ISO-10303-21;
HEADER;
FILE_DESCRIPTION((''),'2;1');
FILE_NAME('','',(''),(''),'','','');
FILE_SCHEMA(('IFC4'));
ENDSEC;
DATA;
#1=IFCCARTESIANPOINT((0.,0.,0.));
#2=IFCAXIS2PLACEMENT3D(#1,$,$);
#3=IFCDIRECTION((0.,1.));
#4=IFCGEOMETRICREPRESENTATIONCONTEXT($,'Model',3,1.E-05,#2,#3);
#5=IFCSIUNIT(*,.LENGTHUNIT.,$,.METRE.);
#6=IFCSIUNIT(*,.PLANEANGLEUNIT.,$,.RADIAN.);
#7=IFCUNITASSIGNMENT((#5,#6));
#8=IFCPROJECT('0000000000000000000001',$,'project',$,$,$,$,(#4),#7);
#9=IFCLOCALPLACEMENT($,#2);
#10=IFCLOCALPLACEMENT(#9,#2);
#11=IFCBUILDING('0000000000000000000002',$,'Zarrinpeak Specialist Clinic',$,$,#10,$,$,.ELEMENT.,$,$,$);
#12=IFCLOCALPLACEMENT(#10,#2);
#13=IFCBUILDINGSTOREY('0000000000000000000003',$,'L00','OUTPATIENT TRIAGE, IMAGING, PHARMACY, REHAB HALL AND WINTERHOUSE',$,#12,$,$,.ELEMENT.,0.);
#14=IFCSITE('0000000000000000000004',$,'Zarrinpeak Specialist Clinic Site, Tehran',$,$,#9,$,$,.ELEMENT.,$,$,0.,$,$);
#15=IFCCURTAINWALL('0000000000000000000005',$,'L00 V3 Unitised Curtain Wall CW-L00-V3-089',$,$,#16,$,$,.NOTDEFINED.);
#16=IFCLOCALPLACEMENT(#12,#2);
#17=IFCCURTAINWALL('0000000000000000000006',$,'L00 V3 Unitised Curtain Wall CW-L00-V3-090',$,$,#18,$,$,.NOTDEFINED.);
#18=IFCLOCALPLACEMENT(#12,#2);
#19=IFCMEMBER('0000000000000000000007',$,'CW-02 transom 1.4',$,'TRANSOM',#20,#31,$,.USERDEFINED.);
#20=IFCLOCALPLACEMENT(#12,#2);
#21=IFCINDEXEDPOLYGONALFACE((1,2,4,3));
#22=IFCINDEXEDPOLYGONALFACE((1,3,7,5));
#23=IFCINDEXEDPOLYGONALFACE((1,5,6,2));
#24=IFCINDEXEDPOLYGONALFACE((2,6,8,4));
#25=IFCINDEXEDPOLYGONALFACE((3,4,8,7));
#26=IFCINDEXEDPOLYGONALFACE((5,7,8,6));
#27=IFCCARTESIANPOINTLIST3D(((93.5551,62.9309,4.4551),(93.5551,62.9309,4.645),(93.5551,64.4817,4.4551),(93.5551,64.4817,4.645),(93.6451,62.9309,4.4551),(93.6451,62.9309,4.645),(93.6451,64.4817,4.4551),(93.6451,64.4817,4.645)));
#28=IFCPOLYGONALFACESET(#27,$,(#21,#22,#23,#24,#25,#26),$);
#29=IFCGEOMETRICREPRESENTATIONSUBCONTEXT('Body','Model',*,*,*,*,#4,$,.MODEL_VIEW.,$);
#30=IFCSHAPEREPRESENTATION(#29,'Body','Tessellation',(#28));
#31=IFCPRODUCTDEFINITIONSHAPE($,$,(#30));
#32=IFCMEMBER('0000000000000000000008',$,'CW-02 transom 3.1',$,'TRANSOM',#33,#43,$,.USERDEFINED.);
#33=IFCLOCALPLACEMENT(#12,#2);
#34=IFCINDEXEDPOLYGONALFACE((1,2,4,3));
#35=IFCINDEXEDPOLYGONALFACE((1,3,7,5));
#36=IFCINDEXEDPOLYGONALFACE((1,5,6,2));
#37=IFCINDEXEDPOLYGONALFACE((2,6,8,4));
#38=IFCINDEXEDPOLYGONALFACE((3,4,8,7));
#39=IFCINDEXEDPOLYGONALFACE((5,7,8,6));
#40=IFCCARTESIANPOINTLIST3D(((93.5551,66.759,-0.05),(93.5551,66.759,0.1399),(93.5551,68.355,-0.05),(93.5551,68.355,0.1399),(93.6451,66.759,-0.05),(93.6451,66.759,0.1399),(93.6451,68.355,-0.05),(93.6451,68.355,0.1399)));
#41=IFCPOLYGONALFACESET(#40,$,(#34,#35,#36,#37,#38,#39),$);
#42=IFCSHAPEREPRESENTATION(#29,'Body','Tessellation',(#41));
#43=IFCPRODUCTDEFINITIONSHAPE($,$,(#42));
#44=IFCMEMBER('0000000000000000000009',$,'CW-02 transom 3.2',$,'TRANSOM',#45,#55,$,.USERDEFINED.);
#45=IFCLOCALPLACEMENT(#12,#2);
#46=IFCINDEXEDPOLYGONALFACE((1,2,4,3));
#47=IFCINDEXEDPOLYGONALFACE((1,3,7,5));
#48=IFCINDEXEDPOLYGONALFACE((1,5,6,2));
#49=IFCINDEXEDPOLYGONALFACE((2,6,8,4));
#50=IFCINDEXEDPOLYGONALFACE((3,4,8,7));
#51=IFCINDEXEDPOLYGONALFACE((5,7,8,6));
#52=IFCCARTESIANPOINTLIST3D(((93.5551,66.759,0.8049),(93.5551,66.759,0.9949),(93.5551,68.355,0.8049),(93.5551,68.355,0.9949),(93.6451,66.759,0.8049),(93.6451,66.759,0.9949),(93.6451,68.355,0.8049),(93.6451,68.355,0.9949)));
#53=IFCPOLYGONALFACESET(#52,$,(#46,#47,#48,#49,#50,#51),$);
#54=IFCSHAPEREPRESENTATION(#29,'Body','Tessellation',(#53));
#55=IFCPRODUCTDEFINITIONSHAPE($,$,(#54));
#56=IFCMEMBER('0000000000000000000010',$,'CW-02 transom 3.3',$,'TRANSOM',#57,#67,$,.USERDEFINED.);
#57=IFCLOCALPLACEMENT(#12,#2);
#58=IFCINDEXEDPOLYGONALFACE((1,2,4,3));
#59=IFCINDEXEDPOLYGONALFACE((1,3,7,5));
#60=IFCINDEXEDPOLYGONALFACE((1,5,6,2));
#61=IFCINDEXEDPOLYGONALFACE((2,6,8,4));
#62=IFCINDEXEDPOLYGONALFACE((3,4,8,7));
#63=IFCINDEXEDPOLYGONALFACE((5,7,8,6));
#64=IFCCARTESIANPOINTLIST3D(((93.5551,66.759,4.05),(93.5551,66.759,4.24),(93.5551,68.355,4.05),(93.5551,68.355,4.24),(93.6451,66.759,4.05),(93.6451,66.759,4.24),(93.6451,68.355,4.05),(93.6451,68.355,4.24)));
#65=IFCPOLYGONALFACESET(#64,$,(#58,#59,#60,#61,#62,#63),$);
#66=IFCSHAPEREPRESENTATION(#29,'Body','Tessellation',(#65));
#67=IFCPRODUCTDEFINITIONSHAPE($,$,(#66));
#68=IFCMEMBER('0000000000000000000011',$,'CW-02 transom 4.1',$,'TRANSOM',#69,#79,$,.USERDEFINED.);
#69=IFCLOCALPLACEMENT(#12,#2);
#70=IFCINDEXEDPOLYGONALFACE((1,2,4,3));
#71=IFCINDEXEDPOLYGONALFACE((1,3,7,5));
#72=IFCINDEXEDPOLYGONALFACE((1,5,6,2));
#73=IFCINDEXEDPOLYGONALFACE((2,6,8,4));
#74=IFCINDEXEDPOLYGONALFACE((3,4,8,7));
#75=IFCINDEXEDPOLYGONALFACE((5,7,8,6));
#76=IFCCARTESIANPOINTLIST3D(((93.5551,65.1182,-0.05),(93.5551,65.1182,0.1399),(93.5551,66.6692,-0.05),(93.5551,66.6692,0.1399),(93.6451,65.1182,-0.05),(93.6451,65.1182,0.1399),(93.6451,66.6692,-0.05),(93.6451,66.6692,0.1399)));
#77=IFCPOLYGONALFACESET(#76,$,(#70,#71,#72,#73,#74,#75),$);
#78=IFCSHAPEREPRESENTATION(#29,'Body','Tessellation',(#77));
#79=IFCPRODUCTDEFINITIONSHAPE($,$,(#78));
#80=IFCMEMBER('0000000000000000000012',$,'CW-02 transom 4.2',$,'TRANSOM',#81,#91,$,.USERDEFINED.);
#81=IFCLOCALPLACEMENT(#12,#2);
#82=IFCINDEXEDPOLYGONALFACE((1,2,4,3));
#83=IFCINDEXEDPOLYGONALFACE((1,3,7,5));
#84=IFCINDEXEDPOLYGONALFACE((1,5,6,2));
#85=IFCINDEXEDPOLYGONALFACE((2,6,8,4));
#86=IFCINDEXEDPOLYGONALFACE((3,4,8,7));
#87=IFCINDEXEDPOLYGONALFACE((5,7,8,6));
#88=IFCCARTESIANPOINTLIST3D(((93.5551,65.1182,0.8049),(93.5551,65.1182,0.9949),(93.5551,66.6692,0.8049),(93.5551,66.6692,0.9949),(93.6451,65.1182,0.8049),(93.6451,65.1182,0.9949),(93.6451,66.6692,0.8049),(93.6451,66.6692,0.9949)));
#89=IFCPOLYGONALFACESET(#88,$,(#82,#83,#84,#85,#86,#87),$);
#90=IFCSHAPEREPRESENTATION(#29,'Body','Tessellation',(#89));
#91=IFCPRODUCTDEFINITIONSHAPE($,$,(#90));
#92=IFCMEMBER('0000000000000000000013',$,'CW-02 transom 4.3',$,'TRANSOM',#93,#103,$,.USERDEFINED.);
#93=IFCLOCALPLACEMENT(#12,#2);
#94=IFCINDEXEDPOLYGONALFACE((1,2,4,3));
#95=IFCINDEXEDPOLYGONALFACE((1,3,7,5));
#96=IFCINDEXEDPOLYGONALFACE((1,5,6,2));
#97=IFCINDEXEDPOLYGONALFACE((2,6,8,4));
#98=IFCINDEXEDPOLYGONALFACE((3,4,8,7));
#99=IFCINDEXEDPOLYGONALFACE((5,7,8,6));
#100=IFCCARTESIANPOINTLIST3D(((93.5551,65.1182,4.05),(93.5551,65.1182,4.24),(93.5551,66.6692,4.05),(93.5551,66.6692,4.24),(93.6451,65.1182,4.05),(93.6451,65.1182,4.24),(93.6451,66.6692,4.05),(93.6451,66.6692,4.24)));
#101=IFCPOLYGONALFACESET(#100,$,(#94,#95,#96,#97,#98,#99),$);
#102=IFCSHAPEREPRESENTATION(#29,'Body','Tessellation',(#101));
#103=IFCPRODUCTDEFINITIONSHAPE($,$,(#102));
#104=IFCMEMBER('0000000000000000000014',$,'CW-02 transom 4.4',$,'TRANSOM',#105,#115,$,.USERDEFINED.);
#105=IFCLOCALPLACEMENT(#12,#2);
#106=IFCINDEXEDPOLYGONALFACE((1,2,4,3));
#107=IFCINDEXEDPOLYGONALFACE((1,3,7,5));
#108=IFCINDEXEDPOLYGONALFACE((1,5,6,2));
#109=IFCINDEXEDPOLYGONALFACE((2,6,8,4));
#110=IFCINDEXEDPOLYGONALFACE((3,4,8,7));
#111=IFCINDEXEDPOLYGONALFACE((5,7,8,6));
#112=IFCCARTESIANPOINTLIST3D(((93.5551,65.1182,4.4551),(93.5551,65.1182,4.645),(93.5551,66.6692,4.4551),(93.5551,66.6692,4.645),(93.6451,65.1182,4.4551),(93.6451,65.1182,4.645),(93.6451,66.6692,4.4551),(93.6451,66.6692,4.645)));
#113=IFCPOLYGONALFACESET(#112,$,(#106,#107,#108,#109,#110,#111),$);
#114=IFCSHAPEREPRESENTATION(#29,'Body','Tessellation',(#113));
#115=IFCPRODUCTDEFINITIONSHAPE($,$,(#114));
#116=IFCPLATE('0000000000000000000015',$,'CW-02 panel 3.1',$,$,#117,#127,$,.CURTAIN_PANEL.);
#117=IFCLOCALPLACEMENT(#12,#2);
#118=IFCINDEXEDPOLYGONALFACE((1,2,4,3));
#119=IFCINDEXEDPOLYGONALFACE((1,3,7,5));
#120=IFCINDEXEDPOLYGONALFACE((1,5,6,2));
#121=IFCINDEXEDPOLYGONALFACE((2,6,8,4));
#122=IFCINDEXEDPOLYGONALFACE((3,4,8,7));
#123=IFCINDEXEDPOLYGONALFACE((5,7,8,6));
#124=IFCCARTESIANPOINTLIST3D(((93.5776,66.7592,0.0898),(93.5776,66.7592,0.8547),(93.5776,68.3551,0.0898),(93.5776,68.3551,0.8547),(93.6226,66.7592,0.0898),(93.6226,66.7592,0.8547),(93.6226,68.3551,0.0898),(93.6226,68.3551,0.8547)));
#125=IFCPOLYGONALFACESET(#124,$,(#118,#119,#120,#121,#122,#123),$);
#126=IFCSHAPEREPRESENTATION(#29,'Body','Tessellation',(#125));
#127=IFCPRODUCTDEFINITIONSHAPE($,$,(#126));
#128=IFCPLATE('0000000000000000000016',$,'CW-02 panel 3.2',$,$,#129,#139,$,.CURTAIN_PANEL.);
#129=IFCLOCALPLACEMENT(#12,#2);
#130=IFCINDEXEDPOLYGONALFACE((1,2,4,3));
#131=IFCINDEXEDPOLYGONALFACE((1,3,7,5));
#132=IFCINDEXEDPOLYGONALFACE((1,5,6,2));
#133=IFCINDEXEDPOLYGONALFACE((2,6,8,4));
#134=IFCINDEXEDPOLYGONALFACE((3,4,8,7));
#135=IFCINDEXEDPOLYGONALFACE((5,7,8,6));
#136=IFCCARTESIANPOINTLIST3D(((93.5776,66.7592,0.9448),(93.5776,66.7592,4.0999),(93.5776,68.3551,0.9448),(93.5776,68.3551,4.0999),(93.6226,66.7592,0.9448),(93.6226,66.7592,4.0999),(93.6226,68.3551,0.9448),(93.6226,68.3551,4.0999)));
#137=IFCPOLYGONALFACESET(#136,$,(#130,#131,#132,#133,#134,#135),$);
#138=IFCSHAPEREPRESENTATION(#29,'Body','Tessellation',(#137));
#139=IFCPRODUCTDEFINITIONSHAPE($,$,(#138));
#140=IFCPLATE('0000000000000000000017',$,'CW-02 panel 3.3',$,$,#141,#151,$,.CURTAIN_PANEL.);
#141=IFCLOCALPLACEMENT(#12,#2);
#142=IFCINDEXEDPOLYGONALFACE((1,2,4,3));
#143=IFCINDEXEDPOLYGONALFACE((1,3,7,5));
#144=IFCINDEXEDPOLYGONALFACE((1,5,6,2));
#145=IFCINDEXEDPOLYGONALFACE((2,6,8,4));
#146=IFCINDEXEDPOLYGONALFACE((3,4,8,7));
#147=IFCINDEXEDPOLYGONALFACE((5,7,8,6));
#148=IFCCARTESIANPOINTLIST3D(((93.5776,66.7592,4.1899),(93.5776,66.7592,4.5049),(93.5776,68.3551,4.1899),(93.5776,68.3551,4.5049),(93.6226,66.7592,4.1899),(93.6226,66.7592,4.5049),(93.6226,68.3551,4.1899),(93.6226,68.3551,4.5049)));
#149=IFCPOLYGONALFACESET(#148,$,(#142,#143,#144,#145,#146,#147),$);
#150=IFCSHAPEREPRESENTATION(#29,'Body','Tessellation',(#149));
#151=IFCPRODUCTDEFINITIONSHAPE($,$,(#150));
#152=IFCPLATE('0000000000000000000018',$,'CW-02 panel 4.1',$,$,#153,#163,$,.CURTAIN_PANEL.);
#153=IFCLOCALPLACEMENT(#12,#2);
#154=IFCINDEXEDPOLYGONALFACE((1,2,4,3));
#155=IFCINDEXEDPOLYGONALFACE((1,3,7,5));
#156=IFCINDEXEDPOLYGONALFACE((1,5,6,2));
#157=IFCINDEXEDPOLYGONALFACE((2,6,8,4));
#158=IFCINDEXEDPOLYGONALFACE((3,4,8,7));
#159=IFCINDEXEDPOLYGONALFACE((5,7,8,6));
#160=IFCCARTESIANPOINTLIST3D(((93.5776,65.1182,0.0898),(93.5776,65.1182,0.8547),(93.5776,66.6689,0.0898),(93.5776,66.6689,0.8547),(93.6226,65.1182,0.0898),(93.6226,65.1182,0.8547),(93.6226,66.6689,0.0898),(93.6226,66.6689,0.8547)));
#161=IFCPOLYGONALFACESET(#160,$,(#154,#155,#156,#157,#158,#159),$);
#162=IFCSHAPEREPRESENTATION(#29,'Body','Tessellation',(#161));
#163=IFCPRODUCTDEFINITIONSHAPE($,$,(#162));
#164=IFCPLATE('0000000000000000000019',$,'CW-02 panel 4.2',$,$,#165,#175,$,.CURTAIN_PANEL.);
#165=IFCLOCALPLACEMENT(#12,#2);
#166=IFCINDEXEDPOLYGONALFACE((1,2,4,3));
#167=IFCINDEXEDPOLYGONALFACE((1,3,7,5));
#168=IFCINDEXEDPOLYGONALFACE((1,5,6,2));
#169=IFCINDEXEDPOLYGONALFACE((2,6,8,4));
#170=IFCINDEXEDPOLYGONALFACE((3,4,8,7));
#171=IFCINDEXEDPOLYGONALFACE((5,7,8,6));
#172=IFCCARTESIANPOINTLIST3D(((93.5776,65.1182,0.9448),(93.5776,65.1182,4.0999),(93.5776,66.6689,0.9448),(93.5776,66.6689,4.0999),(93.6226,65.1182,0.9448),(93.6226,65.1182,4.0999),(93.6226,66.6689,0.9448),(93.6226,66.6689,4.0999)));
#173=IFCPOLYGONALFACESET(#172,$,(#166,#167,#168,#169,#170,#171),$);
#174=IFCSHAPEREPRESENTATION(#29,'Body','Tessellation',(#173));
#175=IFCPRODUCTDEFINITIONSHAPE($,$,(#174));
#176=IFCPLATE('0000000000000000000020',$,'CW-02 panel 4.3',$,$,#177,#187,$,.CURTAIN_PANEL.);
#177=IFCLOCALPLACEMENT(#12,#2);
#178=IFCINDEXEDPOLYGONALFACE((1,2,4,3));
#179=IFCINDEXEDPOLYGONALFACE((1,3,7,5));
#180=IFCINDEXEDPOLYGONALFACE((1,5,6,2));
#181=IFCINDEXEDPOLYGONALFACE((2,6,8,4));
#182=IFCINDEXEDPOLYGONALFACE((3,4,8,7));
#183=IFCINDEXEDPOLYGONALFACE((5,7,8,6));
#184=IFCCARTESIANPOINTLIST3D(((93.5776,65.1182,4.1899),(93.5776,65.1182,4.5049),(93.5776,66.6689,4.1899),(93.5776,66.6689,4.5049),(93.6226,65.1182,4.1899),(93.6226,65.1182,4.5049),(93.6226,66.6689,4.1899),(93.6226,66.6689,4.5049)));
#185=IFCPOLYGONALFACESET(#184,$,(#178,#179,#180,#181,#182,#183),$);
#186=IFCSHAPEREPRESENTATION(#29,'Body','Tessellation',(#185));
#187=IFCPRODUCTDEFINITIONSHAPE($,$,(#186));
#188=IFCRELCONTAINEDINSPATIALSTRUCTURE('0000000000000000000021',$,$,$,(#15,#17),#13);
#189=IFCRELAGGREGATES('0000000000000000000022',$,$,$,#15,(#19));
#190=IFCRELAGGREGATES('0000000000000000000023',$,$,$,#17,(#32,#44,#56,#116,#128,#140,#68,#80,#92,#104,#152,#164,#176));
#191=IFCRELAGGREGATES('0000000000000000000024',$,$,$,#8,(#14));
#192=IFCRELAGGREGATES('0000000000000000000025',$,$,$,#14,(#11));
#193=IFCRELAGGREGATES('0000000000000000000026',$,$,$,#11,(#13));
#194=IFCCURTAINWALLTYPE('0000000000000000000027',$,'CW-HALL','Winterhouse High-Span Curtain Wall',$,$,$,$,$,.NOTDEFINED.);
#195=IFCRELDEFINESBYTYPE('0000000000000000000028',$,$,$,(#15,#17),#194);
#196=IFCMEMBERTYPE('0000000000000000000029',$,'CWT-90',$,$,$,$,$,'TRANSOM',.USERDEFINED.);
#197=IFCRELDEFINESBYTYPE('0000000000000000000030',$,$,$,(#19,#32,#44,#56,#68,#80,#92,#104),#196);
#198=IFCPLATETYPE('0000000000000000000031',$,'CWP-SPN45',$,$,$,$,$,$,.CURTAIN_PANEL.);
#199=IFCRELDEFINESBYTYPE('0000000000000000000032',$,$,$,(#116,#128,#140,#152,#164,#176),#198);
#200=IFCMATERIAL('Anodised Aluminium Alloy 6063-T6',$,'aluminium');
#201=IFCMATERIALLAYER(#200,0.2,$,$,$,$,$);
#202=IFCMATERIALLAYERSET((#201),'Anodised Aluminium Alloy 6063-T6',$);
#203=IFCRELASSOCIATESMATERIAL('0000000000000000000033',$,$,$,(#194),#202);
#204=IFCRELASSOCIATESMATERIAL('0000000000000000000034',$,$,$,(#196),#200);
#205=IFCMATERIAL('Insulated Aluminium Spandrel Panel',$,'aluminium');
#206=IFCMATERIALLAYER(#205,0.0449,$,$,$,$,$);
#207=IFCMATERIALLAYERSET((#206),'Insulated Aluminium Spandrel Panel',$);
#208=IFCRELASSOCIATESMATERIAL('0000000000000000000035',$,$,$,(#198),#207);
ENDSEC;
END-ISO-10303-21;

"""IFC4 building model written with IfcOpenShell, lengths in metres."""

from ifc_helpers import new_model, si_unit, direction, frame, origin, origin_2d, place, context, subcontext, project, spatial, rectangle, extrude, material, layer, layer_set, material_profile, profile_set, type_object, element, aggregate, save


model = new_model("IFC4")

# Units and contexts
model_context = context("Model", 3, precision=1e-05, world=origin(), true_north=direction((0.0, 1.0)))
body_context = subcontext(model_context, "Body", "Model", "MODEL_VIEW")
ifc_project = project(units=[si_unit("LENGTHUNIT", "METRE"), si_unit("PLANEANGLEUNIT", "RADIAN")], contexts=[model_context])

# Site, building, storey
site_placement = place(None, origin())
site = spatial("IfcSite", under=ifc_project, at=site_placement, Name="Zarrinpeak Specialist Clinic Site, Tehran", CompositionType="ELEMENT", RefElevation=0.0)
building_placement = place(site_placement, origin())
building = spatial("IfcBuilding", under=site, at=building_placement, Name="Zarrinpeak Specialist Clinic", CompositionType="ELEMENT")
storey_placement = place(building_placement, origin())
storey = spatial("IfcBuildingStorey", under=building, at=storey_placement, Name="L00", Description="OUTPATIENT TRIAGE, IMAGING, PHARMACY, REHAB HALL AND WINTERHOUSE", CompositionType="ELEMENT", Elevation=0.0)

# Curtain wall
ifc_material_1 = material(Name="Anodised Aluminium Alloy 6063-T6", Category="aluminium")
ifc_layer_1 = layer(ifc_material_1, 0.2)
ifc_layer_set_1 = layer_set([ifc_layer_1], Name="Anodised Aluminium Alloy 6063-T6")
curtain_wall_type = type_object("IfcCurtainWallType", Name="CW-HALL", Description="Winterhouse High-Span Curtain Wall", PredefinedType="NOTDEFINED", material=ifc_layer_set_1)
curtain_wall_1_placement = place(storey_placement, origin())
curtain_wall_1 = element("IfcCurtainWall", 1, at=curtain_wall_1_placement, inside=storey, type_object=curtain_wall_type, Name="L00 V3 Unitised Curtain Wall CW-L00-V3-089", PredefinedType="NOTDEFINED")

# Curtain wall
curtain_wall_2_placement = place(storey_placement, origin())
curtain_wall_2 = element("IfcCurtainWall", 2, at=curtain_wall_2_placement, inside=storey, type_object=curtain_wall_type, Name="L00 V3 Unitised Curtain Wall CW-L00-V3-090", PredefinedType="NOTDEFINED")

# Members
ifc_material_profile_1 = material_profile(ifc_material_1, rectangle(XDim=0.0901, YDim=0.1899, at=origin_2d()), Name="ALU 90x190")
ifc_profile_set_1 = profile_set([ifc_material_profile_1], Name="Anodised Aluminium Alloy 6063-T6")
member_type_1 = type_object("IfcMemberType", Name="CWT-90", ElementType="TRANSOM", PredefinedType="USERDEFINED", material=ifc_profile_set_1)
member_1_placement = place(storey_placement, frame((93.6001, 64.4817, 4.55), z_axis=(0.0, -1.0, 0.0), x_axis=(1.0, 0.0, 0.0)))
member_1 = element("IfcMember", 3, at=member_1_placement, type_object=member_type_1, Name="CW-02 transom 1.4", ObjectType="TRANSOM", PredefinedType="USERDEFINED", context=body_context, shape_type="SweptSolid", body=[
    extrude(rectangle(XDim=0.0901, YDim=0.1899, at=origin_2d()), origin(), (0.0, 0.0, 1.0), 1.5508),
])
aggregate(curtain_wall_1, [member_1])
member_2_placement = place(storey_placement, frame((93.6001, 68.355, 0.0449), z_axis=(0.0, -1.0, 0.0), x_axis=(1.0, 0.0, 0.0)))
member_2 = element("IfcMember", 4, at=member_2_placement, type_object=member_type_1, Name="CW-02 transom 3.1", ObjectType="TRANSOM", PredefinedType="USERDEFINED", context=body_context, shape_type="SweptSolid", body=[
    extrude(rectangle(XDim=0.0901, YDim=0.1899, at=origin_2d()), origin(), (0.0, 0.0, 1.0), 1.5959),
])
member_3_placement = place(storey_placement, frame((93.6001, 68.355, 0.8999), z_axis=(0.0, -1.0, 0.0), x_axis=(1.0, 0.0, 0.0)))
member_3 = element("IfcMember", 5, at=member_3_placement, type_object=member_type_1, Name="CW-02 transom 3.2", ObjectType="TRANSOM", PredefinedType="USERDEFINED", context=body_context, shape_type="SweptSolid", body=[
    extrude(rectangle(XDim=0.0901, YDim=0.1899, at=origin_2d()), origin(), (0.0, 0.0, 1.0), 1.5959),
])
member_4_placement = place(storey_placement, frame((93.6001, 68.355, 4.145), z_axis=(0.0, -1.0, 0.0), x_axis=(1.0, 0.0, 0.0)))
member_4 = element("IfcMember", 6, at=member_4_placement, type_object=member_type_1, Name="CW-02 transom 3.3", ObjectType="TRANSOM", PredefinedType="USERDEFINED", context=body_context, shape_type="SweptSolid", body=[
    extrude(rectangle(XDim=0.0901, YDim=0.1899, at=origin_2d()), origin(), (0.0, 0.0, 1.0), 1.5959),
])
member_5_placement = place(storey_placement, frame((93.6001, 66.6692, 0.0449), z_axis=(0.0, -1.0, 0.0), x_axis=(1.0, 0.0, 0.0)))
member_5 = element("IfcMember", 7, at=member_5_placement, type_object=member_type_1, Name="CW-02 transom 4.1", ObjectType="TRANSOM", PredefinedType="USERDEFINED", context=body_context, shape_type="SweptSolid", body=[
    extrude(rectangle(XDim=0.0901, YDim=0.1899, at=origin_2d()), origin(), (0.0, 0.0, 1.0), 1.551),
])
member_6_placement = place(storey_placement, frame((93.6001, 66.6692, 0.8999), z_axis=(0.0, -1.0, 0.0), x_axis=(1.0, 0.0, 0.0)))
member_6 = element("IfcMember", 8, at=member_6_placement, type_object=member_type_1, Name="CW-02 transom 4.2", ObjectType="TRANSOM", PredefinedType="USERDEFINED", context=body_context, shape_type="SweptSolid", body=[
    extrude(rectangle(XDim=0.0901, YDim=0.1899, at=origin_2d()), origin(), (0.0, 0.0, 1.0), 1.551),
])
member_7_placement = place(storey_placement, frame((93.6001, 66.6692, 4.145), z_axis=(0.0, -1.0, 0.0), x_axis=(1.0, 0.0, 0.0)))
member_7 = element("IfcMember", 9, at=member_7_placement, type_object=member_type_1, Name="CW-02 transom 4.3", ObjectType="TRANSOM", PredefinedType="USERDEFINED", context=body_context, shape_type="SweptSolid", body=[
    extrude(rectangle(XDim=0.0901, YDim=0.1899, at=origin_2d()), origin(), (0.0, 0.0, 1.0), 1.551),
])
member_8_placement = place(storey_placement, frame((93.6001, 66.6692, 4.55), z_axis=(0.0, -1.0, 0.0), x_axis=(1.0, 0.0, 0.0)))
member_8 = element("IfcMember", 10, at=member_8_placement, type_object=member_type_1, Name="CW-02 transom 4.4", ObjectType="TRANSOM", PredefinedType="USERDEFINED", context=body_context, shape_type="SweptSolid", body=[
    extrude(rectangle(XDim=0.0901, YDim=0.1899, at=origin_2d()), origin(), (0.0, 0.0, 1.0), 1.551),
])

# Plates
ifc_material_2 = material(Name="Insulated Aluminium Spandrel Panel", Category="aluminium")
ifc_layer_2 = layer(ifc_material_2, 0.0449)
ifc_layer_set_2 = layer_set([ifc_layer_2], Name="Insulated Aluminium Spandrel Panel")
plate_type_1 = type_object("IfcPlateType", Name="CWP-SPN45", PredefinedType="CURTAIN_PANEL", material=ifc_layer_set_2)
plate_1_placement = place(storey_placement, frame((93.6001, 67.5571, 0.0898), z_axis=(0.0, 0.0, 1.0), x_axis=(0.0, -1.0, 0.0)))
plate_1 = element("IfcPlate", 11, at=plate_1_placement, type_object=plate_type_1, Name="CW-02 panel 3.1", PredefinedType="CURTAIN_PANEL", context=body_context, shape_type="SweptSolid", body=[
    extrude(rectangle(XDim=1.5959, YDim=0.0449, at=origin_2d()), origin(), (0.0, 0.0, 1.0), 0.7649),
])
plate_2_placement = place(storey_placement, frame((93.6001, 67.5571, 0.9448), z_axis=(0.0, 0.0, 1.0), x_axis=(0.0, -1.0, 0.0)))
plate_2 = element("IfcPlate", 12, at=plate_2_placement, type_object=plate_type_1, Name="CW-02 panel 3.2", PredefinedType="CURTAIN_PANEL", context=body_context, shape_type="SweptSolid", body=[
    extrude(rectangle(XDim=1.5959, YDim=0.0449, at=origin_2d()), origin(), (0.0, 0.0, 1.0), 3.155),
])
plate_3_placement = place(storey_placement, frame((93.6001, 67.5571, 4.1899), z_axis=(0.0, 0.0, 1.0), x_axis=(0.0, -1.0, 0.0)))
plate_3 = element("IfcPlate", 13, at=plate_3_placement, type_object=plate_type_1, Name="CW-02 panel 3.3", PredefinedType="CURTAIN_PANEL", context=body_context, shape_type="SweptSolid", body=[
    extrude(rectangle(XDim=1.5959, YDim=0.0449, at=origin_2d()), origin(), (0.0, 0.0, 1.0), 0.3149),
])
plate_4_placement = place(storey_placement, frame((93.6001, 65.8936, 0.0898), z_axis=(0.0, 0.0, 1.0), x_axis=(0.0, -1.0, 0.0)))
plate_4 = element("IfcPlate", 14, at=plate_4_placement, type_object=plate_type_1, Name="CW-02 panel 4.1", PredefinedType="CURTAIN_PANEL", context=body_context, shape_type="SweptSolid", body=[
    extrude(rectangle(XDim=1.5508, YDim=0.0449, at=origin_2d()), origin(), (0.0, 0.0, 1.0), 0.7649),
])
plate_5_placement = place(storey_placement, frame((93.6001, 65.8936, 0.9448), z_axis=(0.0, 0.0, 1.0), x_axis=(0.0, -1.0, 0.0)))
plate_5 = element("IfcPlate", 15, at=plate_5_placement, type_object=plate_type_1, Name="CW-02 panel 4.2", PredefinedType="CURTAIN_PANEL", context=body_context, shape_type="SweptSolid", body=[
    extrude(rectangle(XDim=1.5508, YDim=0.0449, at=origin_2d()), origin(), (0.0, 0.0, 1.0), 3.155),
])
plate_6_placement = place(storey_placement, frame((93.6001, 65.8936, 4.1899), z_axis=(0.0, 0.0, 1.0), x_axis=(0.0, -1.0, 0.0)))
plate_6 = element("IfcPlate", 16, at=plate_6_placement, type_object=plate_type_1, Name="CW-02 panel 4.3", PredefinedType="CURTAIN_PANEL", context=body_context, shape_type="SweptSolid", body=[
    extrude(rectangle(XDim=1.5508, YDim=0.0449, at=origin_2d()), origin(), (0.0, 0.0, 1.0), 0.3149),
])
aggregate(curtain_wall_2, [member_2, member_3, member_4, plate_1, plate_2, plate_3, member_5, member_6, member_7, member_8, plate_4, plate_5, plate_6])

save(model, "model.ifc")
